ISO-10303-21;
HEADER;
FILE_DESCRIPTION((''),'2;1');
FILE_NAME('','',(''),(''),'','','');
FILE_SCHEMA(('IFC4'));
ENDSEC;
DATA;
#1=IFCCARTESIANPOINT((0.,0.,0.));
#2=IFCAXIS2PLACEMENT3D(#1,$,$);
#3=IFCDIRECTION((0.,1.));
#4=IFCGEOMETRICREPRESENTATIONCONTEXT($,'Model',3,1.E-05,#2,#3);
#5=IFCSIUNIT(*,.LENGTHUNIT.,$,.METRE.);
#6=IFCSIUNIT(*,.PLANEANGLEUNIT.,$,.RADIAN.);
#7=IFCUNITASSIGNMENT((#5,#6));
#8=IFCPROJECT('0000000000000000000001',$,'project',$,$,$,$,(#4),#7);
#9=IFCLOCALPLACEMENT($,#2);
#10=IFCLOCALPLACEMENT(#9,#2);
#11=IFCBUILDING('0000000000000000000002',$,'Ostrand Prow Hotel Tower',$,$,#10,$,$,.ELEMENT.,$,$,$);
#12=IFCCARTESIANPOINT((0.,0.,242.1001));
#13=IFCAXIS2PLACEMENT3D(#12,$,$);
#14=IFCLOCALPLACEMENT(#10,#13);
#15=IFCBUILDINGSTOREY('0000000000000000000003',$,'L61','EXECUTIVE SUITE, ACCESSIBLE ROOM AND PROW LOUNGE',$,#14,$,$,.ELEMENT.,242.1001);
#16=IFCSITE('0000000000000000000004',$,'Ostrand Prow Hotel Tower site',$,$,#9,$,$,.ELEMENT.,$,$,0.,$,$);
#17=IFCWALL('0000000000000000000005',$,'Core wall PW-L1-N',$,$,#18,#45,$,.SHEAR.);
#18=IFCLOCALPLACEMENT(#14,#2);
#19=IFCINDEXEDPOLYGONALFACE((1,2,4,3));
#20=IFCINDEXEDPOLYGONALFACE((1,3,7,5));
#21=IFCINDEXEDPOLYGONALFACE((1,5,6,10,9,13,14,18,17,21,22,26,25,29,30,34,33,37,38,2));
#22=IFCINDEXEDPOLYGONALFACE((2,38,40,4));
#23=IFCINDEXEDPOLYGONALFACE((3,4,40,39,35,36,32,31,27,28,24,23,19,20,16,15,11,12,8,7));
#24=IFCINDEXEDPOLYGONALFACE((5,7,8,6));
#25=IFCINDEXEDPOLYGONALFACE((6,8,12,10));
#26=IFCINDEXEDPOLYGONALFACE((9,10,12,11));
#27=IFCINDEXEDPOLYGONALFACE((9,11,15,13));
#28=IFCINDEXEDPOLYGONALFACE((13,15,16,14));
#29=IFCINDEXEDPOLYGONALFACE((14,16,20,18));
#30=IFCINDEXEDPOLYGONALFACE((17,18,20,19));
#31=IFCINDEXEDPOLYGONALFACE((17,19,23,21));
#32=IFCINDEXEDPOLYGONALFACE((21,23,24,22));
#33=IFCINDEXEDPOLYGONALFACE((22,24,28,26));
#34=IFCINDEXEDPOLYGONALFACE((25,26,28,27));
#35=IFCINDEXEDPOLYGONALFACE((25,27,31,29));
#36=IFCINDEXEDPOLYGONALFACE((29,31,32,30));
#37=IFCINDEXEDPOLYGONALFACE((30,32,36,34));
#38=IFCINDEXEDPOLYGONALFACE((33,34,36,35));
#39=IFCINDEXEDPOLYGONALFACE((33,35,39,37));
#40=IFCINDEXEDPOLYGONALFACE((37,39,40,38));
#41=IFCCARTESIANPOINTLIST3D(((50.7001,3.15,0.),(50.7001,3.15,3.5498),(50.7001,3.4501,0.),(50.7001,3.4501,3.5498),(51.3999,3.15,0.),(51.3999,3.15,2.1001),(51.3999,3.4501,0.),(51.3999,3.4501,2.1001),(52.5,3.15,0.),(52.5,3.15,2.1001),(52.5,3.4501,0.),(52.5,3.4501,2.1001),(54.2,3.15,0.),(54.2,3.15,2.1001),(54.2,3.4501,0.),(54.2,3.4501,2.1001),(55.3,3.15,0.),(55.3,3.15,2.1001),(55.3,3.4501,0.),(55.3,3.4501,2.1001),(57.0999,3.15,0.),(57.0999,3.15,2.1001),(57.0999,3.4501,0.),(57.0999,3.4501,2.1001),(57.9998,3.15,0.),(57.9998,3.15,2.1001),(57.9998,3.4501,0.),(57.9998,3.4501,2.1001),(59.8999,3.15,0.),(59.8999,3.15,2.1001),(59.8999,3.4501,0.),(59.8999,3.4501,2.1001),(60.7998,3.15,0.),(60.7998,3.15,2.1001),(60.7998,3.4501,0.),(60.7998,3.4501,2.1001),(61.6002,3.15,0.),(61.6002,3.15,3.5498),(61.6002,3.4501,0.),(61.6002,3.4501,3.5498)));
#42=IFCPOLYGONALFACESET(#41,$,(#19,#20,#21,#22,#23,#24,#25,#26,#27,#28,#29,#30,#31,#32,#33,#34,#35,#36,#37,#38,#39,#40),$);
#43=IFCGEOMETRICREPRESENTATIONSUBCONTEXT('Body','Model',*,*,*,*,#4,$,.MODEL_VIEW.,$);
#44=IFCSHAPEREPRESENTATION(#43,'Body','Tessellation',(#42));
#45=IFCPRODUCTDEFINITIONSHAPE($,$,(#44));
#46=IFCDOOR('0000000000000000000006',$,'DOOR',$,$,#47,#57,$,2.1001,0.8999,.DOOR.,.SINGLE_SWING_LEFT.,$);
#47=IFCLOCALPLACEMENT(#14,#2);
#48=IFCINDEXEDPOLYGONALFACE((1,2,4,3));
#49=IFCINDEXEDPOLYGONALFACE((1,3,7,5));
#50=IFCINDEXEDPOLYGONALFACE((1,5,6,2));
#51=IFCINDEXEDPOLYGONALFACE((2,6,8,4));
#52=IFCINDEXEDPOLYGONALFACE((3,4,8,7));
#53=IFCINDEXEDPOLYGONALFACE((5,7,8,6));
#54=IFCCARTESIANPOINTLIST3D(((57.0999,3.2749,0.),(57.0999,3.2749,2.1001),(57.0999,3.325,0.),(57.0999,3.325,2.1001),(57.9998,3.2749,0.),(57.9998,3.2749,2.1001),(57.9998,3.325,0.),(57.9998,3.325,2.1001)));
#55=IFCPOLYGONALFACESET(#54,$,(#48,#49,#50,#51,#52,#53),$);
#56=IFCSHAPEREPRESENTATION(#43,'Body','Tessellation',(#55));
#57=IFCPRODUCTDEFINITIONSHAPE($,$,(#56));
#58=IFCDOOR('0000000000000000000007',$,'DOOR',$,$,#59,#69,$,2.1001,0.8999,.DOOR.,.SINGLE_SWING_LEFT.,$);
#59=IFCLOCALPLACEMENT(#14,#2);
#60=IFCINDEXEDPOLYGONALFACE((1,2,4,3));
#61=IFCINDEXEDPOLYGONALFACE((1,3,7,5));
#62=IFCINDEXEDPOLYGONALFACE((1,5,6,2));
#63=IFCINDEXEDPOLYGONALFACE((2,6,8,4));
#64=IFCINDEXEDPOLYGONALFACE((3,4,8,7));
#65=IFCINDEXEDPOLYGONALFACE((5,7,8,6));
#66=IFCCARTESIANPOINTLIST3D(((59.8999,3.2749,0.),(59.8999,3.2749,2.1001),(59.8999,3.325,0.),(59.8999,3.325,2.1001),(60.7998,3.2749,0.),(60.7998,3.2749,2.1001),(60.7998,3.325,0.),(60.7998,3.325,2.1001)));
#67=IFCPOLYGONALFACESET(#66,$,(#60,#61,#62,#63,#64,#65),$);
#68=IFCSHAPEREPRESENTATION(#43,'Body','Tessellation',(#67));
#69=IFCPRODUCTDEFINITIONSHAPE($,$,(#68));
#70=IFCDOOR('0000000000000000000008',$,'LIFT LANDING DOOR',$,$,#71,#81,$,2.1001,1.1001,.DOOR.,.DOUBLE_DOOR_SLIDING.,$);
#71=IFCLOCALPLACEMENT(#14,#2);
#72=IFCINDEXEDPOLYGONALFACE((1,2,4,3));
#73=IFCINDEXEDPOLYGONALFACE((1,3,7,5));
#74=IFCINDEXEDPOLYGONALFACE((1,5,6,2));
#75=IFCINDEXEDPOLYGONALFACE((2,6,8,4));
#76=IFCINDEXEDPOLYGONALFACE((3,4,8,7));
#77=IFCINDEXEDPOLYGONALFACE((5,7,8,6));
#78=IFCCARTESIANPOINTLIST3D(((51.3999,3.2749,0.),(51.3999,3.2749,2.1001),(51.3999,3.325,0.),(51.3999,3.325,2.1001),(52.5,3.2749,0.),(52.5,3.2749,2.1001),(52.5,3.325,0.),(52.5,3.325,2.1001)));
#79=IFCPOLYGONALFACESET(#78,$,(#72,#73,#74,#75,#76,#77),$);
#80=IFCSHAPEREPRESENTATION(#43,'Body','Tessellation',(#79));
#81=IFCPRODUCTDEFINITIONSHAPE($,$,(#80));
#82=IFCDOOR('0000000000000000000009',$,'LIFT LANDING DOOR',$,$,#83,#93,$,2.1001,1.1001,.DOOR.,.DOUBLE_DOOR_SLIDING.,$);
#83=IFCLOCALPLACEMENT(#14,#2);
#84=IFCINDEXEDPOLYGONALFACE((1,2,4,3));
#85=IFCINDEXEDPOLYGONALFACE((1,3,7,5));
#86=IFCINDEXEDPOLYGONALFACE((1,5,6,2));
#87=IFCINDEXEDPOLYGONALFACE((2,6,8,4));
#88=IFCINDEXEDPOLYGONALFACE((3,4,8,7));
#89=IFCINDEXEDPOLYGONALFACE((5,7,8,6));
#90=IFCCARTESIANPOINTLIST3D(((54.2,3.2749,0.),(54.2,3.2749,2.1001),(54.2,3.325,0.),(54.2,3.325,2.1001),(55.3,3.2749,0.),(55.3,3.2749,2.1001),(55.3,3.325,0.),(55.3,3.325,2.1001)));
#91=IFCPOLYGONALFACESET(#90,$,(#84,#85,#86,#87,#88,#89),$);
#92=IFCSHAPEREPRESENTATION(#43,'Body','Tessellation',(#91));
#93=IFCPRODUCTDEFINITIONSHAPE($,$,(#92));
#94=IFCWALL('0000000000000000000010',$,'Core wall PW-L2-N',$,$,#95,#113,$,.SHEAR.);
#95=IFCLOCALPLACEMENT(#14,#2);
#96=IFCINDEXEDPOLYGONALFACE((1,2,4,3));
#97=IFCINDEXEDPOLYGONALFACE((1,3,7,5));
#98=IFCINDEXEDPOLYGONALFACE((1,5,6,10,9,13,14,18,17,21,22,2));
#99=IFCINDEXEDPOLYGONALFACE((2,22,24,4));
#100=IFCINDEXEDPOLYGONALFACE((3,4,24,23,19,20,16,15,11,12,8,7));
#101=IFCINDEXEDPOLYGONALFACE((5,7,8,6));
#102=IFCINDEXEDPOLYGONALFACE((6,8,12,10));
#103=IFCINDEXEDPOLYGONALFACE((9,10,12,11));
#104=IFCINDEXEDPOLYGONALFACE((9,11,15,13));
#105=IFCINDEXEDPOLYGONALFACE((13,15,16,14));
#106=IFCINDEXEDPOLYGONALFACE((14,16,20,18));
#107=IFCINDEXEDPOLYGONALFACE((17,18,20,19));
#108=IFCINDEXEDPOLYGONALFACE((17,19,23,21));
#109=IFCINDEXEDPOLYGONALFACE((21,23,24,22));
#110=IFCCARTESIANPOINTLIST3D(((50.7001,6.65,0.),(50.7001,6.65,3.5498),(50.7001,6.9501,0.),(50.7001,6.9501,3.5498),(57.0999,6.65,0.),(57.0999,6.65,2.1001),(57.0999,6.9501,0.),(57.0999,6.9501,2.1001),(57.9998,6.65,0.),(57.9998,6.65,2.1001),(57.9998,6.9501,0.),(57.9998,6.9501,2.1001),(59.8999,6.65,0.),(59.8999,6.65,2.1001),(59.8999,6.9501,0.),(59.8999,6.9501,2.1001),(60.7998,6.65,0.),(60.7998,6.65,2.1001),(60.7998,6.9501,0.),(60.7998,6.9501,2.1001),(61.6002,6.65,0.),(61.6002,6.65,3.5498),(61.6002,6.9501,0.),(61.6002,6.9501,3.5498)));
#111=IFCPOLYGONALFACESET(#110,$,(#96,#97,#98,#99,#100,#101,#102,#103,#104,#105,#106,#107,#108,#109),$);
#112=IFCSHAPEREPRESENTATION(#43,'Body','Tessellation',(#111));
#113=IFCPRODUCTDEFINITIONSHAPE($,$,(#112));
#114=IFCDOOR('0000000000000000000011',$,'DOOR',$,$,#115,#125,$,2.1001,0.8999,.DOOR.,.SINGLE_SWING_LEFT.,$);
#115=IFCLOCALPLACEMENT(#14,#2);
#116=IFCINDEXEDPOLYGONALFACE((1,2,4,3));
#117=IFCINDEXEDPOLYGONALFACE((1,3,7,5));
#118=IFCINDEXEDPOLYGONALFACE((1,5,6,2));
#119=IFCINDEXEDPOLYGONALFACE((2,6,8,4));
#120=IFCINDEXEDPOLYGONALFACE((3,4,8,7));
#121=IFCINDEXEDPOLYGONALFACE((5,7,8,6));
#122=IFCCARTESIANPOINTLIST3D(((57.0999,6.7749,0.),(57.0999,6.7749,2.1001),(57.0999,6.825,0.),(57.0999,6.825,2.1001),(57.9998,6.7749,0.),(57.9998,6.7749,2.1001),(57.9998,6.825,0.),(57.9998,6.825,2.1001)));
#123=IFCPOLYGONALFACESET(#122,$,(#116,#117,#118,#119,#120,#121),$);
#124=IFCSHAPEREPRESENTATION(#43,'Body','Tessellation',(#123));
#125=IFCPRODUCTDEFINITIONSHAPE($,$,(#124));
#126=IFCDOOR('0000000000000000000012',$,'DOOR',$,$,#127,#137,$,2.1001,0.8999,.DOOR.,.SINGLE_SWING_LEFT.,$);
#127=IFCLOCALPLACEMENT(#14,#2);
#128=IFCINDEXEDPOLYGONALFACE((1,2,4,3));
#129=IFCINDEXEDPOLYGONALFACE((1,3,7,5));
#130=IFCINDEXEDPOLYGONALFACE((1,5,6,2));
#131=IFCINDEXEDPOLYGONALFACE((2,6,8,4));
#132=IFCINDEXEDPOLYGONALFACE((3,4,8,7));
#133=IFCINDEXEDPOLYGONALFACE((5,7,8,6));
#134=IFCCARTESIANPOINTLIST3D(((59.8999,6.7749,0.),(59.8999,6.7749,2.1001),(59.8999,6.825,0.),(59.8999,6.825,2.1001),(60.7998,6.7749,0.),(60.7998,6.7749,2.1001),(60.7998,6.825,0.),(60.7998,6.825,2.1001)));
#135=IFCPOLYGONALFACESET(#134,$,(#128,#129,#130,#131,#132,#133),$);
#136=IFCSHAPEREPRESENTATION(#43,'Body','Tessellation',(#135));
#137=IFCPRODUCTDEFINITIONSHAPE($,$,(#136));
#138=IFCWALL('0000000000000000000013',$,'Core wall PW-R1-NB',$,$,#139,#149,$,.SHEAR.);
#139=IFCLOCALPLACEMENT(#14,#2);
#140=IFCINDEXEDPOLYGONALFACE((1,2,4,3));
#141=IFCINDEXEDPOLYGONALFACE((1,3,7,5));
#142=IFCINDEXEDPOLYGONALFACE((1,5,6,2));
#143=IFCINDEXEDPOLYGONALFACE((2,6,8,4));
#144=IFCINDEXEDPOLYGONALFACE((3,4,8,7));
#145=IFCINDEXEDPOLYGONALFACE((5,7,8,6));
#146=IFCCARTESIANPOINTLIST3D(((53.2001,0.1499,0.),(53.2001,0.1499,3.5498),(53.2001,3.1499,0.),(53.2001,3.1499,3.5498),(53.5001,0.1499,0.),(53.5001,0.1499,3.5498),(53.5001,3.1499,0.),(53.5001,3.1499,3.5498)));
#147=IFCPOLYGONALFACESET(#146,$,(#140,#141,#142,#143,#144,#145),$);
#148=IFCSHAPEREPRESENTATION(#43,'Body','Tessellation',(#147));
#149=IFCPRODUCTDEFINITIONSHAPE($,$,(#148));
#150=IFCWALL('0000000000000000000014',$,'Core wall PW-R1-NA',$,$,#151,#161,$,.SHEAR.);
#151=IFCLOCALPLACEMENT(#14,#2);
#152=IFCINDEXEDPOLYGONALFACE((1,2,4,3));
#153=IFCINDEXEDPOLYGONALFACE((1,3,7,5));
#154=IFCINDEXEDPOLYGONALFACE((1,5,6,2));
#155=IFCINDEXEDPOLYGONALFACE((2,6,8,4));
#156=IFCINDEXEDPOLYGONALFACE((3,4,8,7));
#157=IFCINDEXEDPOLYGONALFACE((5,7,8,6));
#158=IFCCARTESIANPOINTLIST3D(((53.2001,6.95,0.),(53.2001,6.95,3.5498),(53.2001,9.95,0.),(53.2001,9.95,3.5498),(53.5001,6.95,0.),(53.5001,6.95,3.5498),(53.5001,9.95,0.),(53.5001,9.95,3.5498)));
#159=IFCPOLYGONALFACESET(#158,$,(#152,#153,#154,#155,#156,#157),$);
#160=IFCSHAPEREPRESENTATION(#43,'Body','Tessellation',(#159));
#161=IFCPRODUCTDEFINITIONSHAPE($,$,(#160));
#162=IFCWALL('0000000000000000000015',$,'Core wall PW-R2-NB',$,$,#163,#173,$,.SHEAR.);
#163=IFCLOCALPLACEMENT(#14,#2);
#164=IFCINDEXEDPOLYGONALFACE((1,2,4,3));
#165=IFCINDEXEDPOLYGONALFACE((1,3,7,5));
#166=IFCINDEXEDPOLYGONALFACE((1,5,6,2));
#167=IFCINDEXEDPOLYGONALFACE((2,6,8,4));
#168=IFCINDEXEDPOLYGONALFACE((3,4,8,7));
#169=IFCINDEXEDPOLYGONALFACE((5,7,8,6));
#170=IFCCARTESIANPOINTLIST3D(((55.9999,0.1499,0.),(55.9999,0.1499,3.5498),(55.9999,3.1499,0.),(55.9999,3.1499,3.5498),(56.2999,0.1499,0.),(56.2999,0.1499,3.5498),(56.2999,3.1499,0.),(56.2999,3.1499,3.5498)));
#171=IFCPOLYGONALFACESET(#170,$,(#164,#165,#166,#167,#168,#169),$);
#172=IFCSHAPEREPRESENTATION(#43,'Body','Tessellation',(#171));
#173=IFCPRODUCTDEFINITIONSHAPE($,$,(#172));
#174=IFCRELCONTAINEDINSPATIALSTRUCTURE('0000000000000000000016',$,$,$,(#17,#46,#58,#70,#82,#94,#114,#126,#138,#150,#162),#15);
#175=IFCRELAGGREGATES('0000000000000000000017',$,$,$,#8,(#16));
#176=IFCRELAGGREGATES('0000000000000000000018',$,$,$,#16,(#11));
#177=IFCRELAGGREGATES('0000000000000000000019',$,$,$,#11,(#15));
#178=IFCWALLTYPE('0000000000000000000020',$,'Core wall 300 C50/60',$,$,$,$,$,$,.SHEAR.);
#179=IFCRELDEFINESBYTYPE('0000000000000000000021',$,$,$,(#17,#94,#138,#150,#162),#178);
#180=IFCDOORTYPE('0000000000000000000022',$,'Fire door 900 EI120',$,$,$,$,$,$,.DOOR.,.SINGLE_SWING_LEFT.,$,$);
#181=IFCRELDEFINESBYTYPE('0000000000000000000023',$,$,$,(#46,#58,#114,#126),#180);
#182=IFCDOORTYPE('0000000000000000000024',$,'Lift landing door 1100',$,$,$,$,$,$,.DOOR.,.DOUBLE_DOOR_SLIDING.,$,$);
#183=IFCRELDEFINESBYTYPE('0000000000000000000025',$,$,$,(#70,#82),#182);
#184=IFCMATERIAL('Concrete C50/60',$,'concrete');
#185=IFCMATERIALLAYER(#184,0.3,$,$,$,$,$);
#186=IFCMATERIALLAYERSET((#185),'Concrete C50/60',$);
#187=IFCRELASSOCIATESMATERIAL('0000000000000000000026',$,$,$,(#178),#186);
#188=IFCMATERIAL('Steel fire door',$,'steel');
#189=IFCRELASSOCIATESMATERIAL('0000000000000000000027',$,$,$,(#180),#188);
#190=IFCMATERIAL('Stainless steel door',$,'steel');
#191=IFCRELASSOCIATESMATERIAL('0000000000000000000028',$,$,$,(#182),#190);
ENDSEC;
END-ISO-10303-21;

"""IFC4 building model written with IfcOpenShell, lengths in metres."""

from ifc_helpers import new_model, si_unit, direction, frame, frame_2d, origin, place, context, subcontext, project, spatial, rectangle, extrude, material, layer, layer_set, type_object, element, fill, save


model = new_model("IFC4")

# Units and contexts
model_context = context("Model", 3, precision=1e-05, world=origin(), true_north=direction((0.0, 1.0)))
body_context = subcontext(model_context, "Body", "Model", "MODEL_VIEW")
ifc_project = project(units=[si_unit("LENGTHUNIT", "METRE"), si_unit("PLANEANGLEUNIT", "RADIAN")], contexts=[model_context])

# Site, building, storey
site_placement = place(None, origin())
site = spatial("IfcSite", under=ifc_project, at=site_placement, Name="Ostrand Prow Hotel Tower site", CompositionType="ELEMENT", RefElevation=0.0)
building_placement = place(site_placement, origin())
building = spatial("IfcBuilding", under=site, at=building_placement, Name="Ostrand Prow Hotel Tower", CompositionType="ELEMENT")
storey_placement = place(building_placement, frame((0.0, 0.0, 242.1001)))
storey = spatial("IfcBuildingStorey", under=building, at=storey_placement, Name="L61", Description="EXECUTIVE SUITE, ACCESSIBLE ROOM AND PROW LOUNGE", CompositionType="ELEMENT", Elevation=242.1001)

# Walls, openings, doors
ifc_material_1 = material(Name="Concrete C50/60", Category="concrete")
ifc_layer_1 = layer(ifc_material_1, 0.3)
ifc_layer_set_1 = layer_set([ifc_layer_1], Name="Concrete C50/60")
wall_type_1 = type_object("IfcWallType", Name="Core wall 300 C50/60", PredefinedType="SHEAR", material=ifc_layer_set_1)
wall_1_placement = place(storey_placement, frame((50.7, 3.3, 0.0), z_axis=(0.0, 0.0, 1.0), x_axis=(1.0, 0.0, 0.0)))
wall_1 = element("IfcWall", 1, at=wall_1_placement, inside=storey, type_object=wall_type_1, Name="Core wall PW-L1-N", PredefinedType="SHEAR", context=body_context, shape_type="SweptSolid", body=[
    extrude(rectangle(XDim=10.9001, YDim=0.3, at=frame_2d((5.4502, 0.0))), origin(), (0.0, 0.0, 1.0), 3.5498),
])
opening_1_placement = place(wall_1_placement, frame((0.7, 0.0, 0.0)))
opening_1 = element("IfcOpeningElement", 2, at=opening_1_placement, cuts=wall_1, PredefinedType="OPENING", context=body_context, shape_type="SweptSolid", body=[
    extrude(rectangle(XDim=1.1001, YDim=2.1001, at=frame_2d((0.55, 1.05))), frame((0.0, 0.1599, 0.0), z_axis=(0.0, -1.0, 0.0), x_axis=(1.0, 0.0, 0.0)), (0.0, 0.0, 1.0), 0.3201),
])
opening_2_placement = place(wall_1_placement, frame((3.5, 0.0, 0.0)))
opening_2 = element("IfcOpeningElement", 3, at=opening_2_placement, cuts=wall_1, PredefinedType="OPENING", context=body_context, shape_type="SweptSolid", body=[
    extrude(rectangle(XDim=1.1001, YDim=2.1001, at=frame_2d((0.55, 1.05))), frame((0.0, 0.1599, 0.0), z_axis=(0.0, -1.0, 0.0), x_axis=(1.0, 0.0, 0.0)), (0.0, 0.0, 1.0), 0.3201),
])
opening_3_placement = place(wall_1_placement, frame((6.3999, 0.0, 0.0)))
opening_3 = element("IfcOpeningElement", 4, at=opening_3_placement, cuts=wall_1, PredefinedType="OPENING", context=body_context, shape_type="SweptSolid", body=[
    extrude(rectangle(XDim=0.8999, YDim=2.1001, at=frame_2d((0.45, 1.05))), frame((0.0, 0.1599, 0.0), z_axis=(0.0, -1.0, 0.0), x_axis=(1.0, 0.0, 0.0)), (0.0, 0.0, 1.0), 0.3201),
])
opening_4_placement = place(wall_1_placement, frame((9.2, 0.0, 0.0)))
opening_4 = element("IfcOpeningElement", 5, at=opening_4_placement, cuts=wall_1, PredefinedType="OPENING", context=body_context, shape_type="SweptSolid", body=[
    extrude(rectangle(XDim=0.8999, YDim=2.1001, at=frame_2d((0.45, 1.05))), frame((0.0, 0.1599, 0.0), z_axis=(0.0, -1.0, 0.0), x_axis=(1.0, 0.0, 0.0)), (0.0, 0.0, 1.0), 0.3201),
])
ifc_material_2 = material(Name="Steel fire door", Category="steel")
door_type_1 = type_object("IfcDoorType", Name="Fire door 900 EI120", OperationType="SINGLE_SWING_LEFT", PredefinedType="DOOR", material=ifc_material_2)
door_1_placement = place(opening_3_placement, origin())
door_1 = element("IfcDoor", 6, at=door_1_placement, inside=storey, type_object=door_type_1, Name="DOOR", OperationType="SINGLE_SWING_LEFT", OverallHeight=2.1001, OverallWidth=0.8999, PredefinedType="DOOR", context=body_context, shape_type="SweptSolid", body=[
    extrude(rectangle(XDim=0.8999, YDim=2.1001, at=frame_2d((0.45, 1.05))), frame((0.0, 0.0249, 0.0), z_axis=(0.0, -1.0, 0.0), x_axis=(1.0, 0.0, 0.0)), (0.0, 0.0, 1.0), 0.05),
])
fill(opening_3, door_1)
door_2_placement = place(opening_4_placement, origin())
door_2 = element("IfcDoor", 7, at=door_2_placement, inside=storey, type_object=door_type_1, Name="DOOR", OperationType="SINGLE_SWING_LEFT", OverallHeight=2.1001, OverallWidth=0.8999, PredefinedType="DOOR", context=body_context, shape_type="SweptSolid", body=[
    extrude(rectangle(XDim=0.8999, YDim=2.1001, at=frame_2d((0.45, 1.05))), frame((0.0, 0.0249, 0.0), z_axis=(0.0, -1.0, 0.0), x_axis=(1.0, 0.0, 0.0)), (0.0, 0.0, 1.0), 0.05),
])
fill(opening_4, door_2)
ifc_material_3 = material(Name="Stainless steel door", Category="steel")
door_type_2 = type_object("IfcDoorType", Name="Lift landing door 1100", OperationType="DOUBLE_DOOR_SLIDING", PredefinedType="DOOR", material=ifc_material_3)
door_3_placement = place(opening_1_placement, origin())
door_3 = element("IfcDoor", 8, at=door_3_placement, inside=storey, type_object=door_type_2, Name="LIFT LANDING DOOR", OperationType="DOUBLE_DOOR_SLIDING", OverallHeight=2.1001, OverallWidth=1.1001, PredefinedType="DOOR", context=body_context, shape_type="SweptSolid", body=[
    extrude(rectangle(XDim=1.1001, YDim=2.1001, at=frame_2d((0.55, 1.05))), frame((0.0, 0.0249, 0.0), z_axis=(0.0, -1.0, 0.0), x_axis=(1.0, 0.0, 0.0)), (0.0, 0.0, 1.0), 0.05),
])
fill(opening_1, door_3)
door_4_placement = place(opening_2_placement, origin())
door_4 = element("IfcDoor", 9, at=door_4_placement, inside=storey, type_object=door_type_2, Name="LIFT LANDING DOOR", OperationType="DOUBLE_DOOR_SLIDING", OverallHeight=2.1001, OverallWidth=1.1001, PredefinedType="DOOR", context=body_context, shape_type="SweptSolid", body=[
    extrude(rectangle(XDim=1.1001, YDim=2.1001, at=frame_2d((0.55, 1.05))), frame((0.0, 0.0249, 0.0), z_axis=(0.0, -1.0, 0.0), x_axis=(1.0, 0.0, 0.0)), (0.0, 0.0, 1.0), 0.05),
])
fill(opening_2, door_4)
wall_2_placement = place(storey_placement, frame((50.7, 6.8, 0.0), z_axis=(0.0, 0.0, 1.0), x_axis=(1.0, 0.0, 0.0)))
wall_2 = element("IfcWall", 10, at=wall_2_placement, inside=storey, type_object=wall_type_1, Name="Core wall PW-L2-N", PredefinedType="SHEAR", context=body_context, shape_type="SweptSolid", body=[
    extrude(rectangle(XDim=10.9001, YDim=0.3, at=frame_2d((5.4502, 0.0))), origin(), (0.0, 0.0, 1.0), 3.5498),
])
opening_5_placement = place(wall_2_placement, frame((6.3999, 0.0, 0.0)))
opening_5 = element("IfcOpeningElement", 11, at=opening_5_placement, cuts=wall_2, PredefinedType="OPENING", context=body_context, shape_type="SweptSolid", body=[
    extrude(rectangle(XDim=0.8999, YDim=2.1001, at=frame_2d((0.45, 1.05))), frame((0.0, 0.1599, 0.0), z_axis=(0.0, -1.0, 0.0), x_axis=(1.0, 0.0, 0.0)), (0.0, 0.0, 1.0), 0.3201),
])
opening_6_placement = place(wall_2_placement, frame((9.2, 0.0, 0.0)))
opening_6 = element("IfcOpeningElement", 12, at=opening_6_placement, cuts=wall_2, PredefinedType="OPENING", context=body_context, shape_type="SweptSolid", body=[
    extrude(rectangle(XDim=0.8999, YDim=2.1001, at=frame_2d((0.45, 1.05))), frame((0.0, 0.1599, 0.0), z_axis=(0.0, -1.0, 0.0), x_axis=(1.0, 0.0, 0.0)), (0.0, 0.0, 1.0), 0.3201),
])
door_5_placement = place(opening_5_placement, origin())
door_5 = element("IfcDoor", 13, at=door_5_placement, inside=storey, type_object=door_type_1, Name="DOOR", OperationType="SINGLE_SWING_LEFT", OverallHeight=2.1001, OverallWidth=0.8999, PredefinedType="DOOR", context=body_context, shape_type="SweptSolid", body=[
    extrude(rectangle(XDim=0.8999, YDim=2.1001, at=frame_2d((0.45, 1.05))), frame((0.0, 0.0249, 0.0), z_axis=(0.0, -1.0, 0.0), x_axis=(1.0, 0.0, 0.0)), (0.0, 0.0, 1.0), 0.05),
])
fill(opening_5, door_5)
door_6_placement = place(opening_6_placement, origin())
door_6 = element("IfcDoor", 14, at=door_6_placement, inside=storey, type_object=door_type_1, Name="DOOR", OperationType="SINGLE_SWING_LEFT", OverallHeight=2.1001, OverallWidth=0.8999, PredefinedType="DOOR", context=body_context, shape_type="SweptSolid", body=[
    extrude(rectangle(XDim=0.8999, YDim=2.1001, at=frame_2d((0.45, 1.05))), frame((0.0, 0.0249, 0.0), z_axis=(0.0, -1.0, 0.0), x_axis=(1.0, 0.0, 0.0)), (0.0, 0.0, 1.0), 0.05),
])
fill(opening_6, door_6)

# Walls
for number, where, z_axis, x_axis, name in (
    (15, (53.3501, 0.1499, 0.0), (0.0, 0.0, 1.0), (0.0, 1.0, 0.0), "Core wall PW-R1-NB"),
    (16, (53.3501, 6.95, 0.0), (0.0, 0.0, 1.0), (0.0, 1.0, 0.0), "Core wall PW-R1-NA"),
    (17, (56.1499, 0.1499, 0.0), (0.0, 0.0, 1.0), (0.0, 1.0, 0.0), "Core wall PW-R2-NB"),
):
    element("IfcWall", number, at=place(storey_placement, frame(where, z_axis=z_axis, x_axis=x_axis)), inside=storey, type_object=wall_type_1, Name=name, PredefinedType="SHEAR", context=body_context, shape_type="SweptSolid", body=[
        extrude(rectangle(XDim=3.0, YDim=0.3, at=frame_2d((1.5, 0.0))), origin(), (0.0, 0.0, 1.0), 3.5498),
    ])

save(model, "model.ifc")
